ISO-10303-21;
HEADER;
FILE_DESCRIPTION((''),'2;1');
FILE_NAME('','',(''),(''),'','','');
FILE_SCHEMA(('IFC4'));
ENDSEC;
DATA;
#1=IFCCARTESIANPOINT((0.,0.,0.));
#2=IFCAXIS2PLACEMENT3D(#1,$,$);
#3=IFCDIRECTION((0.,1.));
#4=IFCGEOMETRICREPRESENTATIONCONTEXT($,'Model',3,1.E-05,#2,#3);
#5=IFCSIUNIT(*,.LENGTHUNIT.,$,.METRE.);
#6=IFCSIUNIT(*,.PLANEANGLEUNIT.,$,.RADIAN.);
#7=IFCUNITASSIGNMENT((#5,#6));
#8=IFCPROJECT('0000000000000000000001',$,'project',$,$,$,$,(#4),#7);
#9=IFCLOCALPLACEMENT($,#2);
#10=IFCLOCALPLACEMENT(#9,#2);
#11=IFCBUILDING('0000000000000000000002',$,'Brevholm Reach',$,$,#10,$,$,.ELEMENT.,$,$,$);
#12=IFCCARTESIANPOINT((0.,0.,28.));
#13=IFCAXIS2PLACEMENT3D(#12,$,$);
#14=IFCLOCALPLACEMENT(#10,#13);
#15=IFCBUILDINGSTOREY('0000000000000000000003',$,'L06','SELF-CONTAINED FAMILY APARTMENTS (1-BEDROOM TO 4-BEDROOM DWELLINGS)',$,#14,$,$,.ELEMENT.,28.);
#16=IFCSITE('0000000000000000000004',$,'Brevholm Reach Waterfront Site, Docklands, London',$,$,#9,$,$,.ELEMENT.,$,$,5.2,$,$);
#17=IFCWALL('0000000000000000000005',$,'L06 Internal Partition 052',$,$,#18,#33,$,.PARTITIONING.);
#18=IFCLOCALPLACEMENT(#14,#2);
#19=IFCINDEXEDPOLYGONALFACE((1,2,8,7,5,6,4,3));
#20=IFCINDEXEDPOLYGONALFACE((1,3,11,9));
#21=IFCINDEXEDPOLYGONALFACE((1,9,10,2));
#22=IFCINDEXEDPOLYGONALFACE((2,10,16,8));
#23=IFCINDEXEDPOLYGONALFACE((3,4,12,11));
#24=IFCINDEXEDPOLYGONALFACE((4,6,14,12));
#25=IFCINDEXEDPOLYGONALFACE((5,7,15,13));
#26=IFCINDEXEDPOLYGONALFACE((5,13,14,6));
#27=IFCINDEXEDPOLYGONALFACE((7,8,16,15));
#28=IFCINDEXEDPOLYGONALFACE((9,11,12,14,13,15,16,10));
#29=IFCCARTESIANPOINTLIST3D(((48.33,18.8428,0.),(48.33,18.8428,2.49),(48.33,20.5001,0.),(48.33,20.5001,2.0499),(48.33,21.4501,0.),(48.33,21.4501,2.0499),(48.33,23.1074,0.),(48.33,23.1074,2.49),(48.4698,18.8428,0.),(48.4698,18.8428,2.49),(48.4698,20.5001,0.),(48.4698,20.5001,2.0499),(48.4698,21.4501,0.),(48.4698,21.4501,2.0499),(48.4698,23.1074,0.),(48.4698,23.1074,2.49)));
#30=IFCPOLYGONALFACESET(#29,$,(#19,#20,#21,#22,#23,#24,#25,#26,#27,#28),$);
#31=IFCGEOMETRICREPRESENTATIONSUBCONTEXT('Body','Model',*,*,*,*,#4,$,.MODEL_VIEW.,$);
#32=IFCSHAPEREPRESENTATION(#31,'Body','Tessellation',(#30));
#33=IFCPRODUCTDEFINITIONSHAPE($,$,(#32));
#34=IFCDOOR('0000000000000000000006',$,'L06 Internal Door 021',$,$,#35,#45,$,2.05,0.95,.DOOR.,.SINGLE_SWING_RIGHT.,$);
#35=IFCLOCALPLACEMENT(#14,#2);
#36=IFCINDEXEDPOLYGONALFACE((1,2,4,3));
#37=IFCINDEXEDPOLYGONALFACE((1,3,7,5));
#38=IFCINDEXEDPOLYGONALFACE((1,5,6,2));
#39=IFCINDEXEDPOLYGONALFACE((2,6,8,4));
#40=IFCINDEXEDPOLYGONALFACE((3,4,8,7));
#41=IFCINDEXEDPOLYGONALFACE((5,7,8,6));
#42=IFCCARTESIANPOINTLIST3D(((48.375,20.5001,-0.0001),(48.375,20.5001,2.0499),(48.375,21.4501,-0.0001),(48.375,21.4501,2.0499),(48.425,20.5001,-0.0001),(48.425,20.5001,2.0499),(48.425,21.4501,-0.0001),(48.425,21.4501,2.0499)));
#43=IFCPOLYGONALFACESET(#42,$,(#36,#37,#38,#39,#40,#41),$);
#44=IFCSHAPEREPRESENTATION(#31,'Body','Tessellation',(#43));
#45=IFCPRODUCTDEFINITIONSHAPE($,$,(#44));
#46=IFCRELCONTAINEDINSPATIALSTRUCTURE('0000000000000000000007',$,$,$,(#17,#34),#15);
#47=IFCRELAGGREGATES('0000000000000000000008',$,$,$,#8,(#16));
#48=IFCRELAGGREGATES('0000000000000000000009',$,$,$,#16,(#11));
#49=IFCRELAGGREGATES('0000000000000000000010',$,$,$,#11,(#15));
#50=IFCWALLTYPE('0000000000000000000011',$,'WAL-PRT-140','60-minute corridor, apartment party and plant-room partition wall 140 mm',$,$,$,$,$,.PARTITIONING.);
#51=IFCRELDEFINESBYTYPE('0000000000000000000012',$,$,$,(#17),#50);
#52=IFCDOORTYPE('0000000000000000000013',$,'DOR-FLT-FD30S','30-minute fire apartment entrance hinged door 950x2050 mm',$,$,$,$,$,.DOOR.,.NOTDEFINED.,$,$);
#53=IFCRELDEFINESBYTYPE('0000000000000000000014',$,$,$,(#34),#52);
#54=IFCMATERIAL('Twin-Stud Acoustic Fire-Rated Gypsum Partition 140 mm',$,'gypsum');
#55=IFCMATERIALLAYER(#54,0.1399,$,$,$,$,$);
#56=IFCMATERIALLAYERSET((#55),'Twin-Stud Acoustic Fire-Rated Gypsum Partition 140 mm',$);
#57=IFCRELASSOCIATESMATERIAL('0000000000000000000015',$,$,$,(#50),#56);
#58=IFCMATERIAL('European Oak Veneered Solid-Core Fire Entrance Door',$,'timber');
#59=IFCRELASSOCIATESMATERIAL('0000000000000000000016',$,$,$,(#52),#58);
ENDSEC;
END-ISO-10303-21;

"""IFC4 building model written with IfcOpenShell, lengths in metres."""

from ifc_helpers import new_model, si_unit, direction, frame, frame_2d, origin, place, context, subcontext, project, spatial, rectangle, extrude, material, layer, layer_set, type_object, element, fill, save


model = new_model("IFC4")

# Units and contexts
model_context = context("Model", 3, precision=1e-05, world=origin(), true_north=direction((0.0, 1.0)))
body_context = subcontext(model_context, "Body", "Model", "MODEL_VIEW")
ifc_project = project(units=[si_unit("LENGTHUNIT", "METRE"), si_unit("PLANEANGLEUNIT", "RADIAN")], contexts=[model_context])

# Site, building, storey
site_placement = place(None, origin())
site = spatial("IfcSite", under=ifc_project, at=site_placement, Name="Brevholm Reach Waterfront Site, Docklands, London", CompositionType="ELEMENT", RefElevation=5.2)
building_placement = place(site_placement, origin())
building = spatial("IfcBuilding", under=site, at=building_placement, Name="Brevholm Reach", CompositionType="ELEMENT")
storey_placement = place(building_placement, frame((0.0, 0.0, 28.0)))
storey = spatial("IfcBuildingStorey", under=building, at=storey_placement, Name="L06", Description="SELF-CONTAINED FAMILY APARTMENTS (1-BEDROOM TO 4-BEDROOM DWELLINGS)", CompositionType="ELEMENT", Elevation=28.0)

# Shared definitions
ifc_material_1 = material(Name="Twin-Stud Acoustic Fire-Rated Gypsum Partition 140 mm", Category="gypsum")
ifc_layer_1 = layer(ifc_material_1, 0.1399)
ifc_layer_set_1 = layer_set([ifc_layer_1], Name="Twin-Stud Acoustic Fire-Rated Gypsum Partition 140 mm")
wall_type_1 = type_object("IfcWallType", Name="WAL-PRT-140", Description="60-minute corridor, apartment party and plant-room partition wall 140 mm", PredefinedType="PARTITIONING", material=ifc_layer_set_1)

# Wall, opening, door
wall_1_placement = place(storey_placement, frame((48.3999, 18.8428, 0.0), z_axis=(0.0, 0.0, 1.0), x_axis=(0.0, 1.0, 0.0)))
wall_1 = element("IfcWall", 1, at=wall_1_placement, inside=storey, type_object=wall_type_1, Name="L06 Internal Partition 052", PredefinedType="PARTITIONING", context=body_context, shape_type="SweptSolid", body=[
    extrude(rectangle(XDim=4.2646, YDim=0.1399, at=frame_2d((2.1323, 0.0))), origin(), (0.0, 0.0, 1.0), 2.49),
])
opening_1_placement = place(wall_1_placement, frame((1.6572, 0.0, 0.0)))
opening_1 = element("IfcOpeningElement", 2, at=opening_1_placement, cuts=wall_1, PredefinedType="OPENING", context=body_context, shape_type="SweptSolid", body=[
    extrude(rectangle(XDim=0.95, YDim=2.05, at=frame_2d((0.4751, 1.0249))), frame((0.0, 0.0798, 0.0), z_axis=(0.0, -1.0, 0.0), x_axis=(1.0, 0.0, 0.0)), (0.0, 0.0, 1.0), 0.1599),
])
ifc_material_2 = material(Name="European Oak Veneered Solid-Core Fire Entrance Door", Category="timber")
door_type_1 = type_object("IfcDoorType", Name="DOR-FLT-FD30S", Description="30-minute fire apartment entrance hinged door 950x2050 mm", OperationType="NOTDEFINED", PredefinedType="DOOR", material=ifc_material_2)
door_1_placement = place(opening_1_placement, origin())
door_1 = element("IfcDoor", 3, at=door_1_placement, inside=storey, type_object=door_type_1, Name="L06 Internal Door 021", OperationType="SINGLE_SWING_RIGHT", OverallHeight=2.05, OverallWidth=0.95, PredefinedType="DOOR", context=body_context, shape_type="SweptSolid", body=[
    extrude(rectangle(XDim=0.95, YDim=2.05, at=frame_2d((0.4751, 1.0249))), frame((0.0, 0.0249, 0.0), z_axis=(0.0, -1.0, 0.0), x_axis=(1.0, 0.0, 0.0)), (0.0, 0.0, 1.0), 0.05),
])
fill(opening_1, door_1)

save(model, "model.ifc")
